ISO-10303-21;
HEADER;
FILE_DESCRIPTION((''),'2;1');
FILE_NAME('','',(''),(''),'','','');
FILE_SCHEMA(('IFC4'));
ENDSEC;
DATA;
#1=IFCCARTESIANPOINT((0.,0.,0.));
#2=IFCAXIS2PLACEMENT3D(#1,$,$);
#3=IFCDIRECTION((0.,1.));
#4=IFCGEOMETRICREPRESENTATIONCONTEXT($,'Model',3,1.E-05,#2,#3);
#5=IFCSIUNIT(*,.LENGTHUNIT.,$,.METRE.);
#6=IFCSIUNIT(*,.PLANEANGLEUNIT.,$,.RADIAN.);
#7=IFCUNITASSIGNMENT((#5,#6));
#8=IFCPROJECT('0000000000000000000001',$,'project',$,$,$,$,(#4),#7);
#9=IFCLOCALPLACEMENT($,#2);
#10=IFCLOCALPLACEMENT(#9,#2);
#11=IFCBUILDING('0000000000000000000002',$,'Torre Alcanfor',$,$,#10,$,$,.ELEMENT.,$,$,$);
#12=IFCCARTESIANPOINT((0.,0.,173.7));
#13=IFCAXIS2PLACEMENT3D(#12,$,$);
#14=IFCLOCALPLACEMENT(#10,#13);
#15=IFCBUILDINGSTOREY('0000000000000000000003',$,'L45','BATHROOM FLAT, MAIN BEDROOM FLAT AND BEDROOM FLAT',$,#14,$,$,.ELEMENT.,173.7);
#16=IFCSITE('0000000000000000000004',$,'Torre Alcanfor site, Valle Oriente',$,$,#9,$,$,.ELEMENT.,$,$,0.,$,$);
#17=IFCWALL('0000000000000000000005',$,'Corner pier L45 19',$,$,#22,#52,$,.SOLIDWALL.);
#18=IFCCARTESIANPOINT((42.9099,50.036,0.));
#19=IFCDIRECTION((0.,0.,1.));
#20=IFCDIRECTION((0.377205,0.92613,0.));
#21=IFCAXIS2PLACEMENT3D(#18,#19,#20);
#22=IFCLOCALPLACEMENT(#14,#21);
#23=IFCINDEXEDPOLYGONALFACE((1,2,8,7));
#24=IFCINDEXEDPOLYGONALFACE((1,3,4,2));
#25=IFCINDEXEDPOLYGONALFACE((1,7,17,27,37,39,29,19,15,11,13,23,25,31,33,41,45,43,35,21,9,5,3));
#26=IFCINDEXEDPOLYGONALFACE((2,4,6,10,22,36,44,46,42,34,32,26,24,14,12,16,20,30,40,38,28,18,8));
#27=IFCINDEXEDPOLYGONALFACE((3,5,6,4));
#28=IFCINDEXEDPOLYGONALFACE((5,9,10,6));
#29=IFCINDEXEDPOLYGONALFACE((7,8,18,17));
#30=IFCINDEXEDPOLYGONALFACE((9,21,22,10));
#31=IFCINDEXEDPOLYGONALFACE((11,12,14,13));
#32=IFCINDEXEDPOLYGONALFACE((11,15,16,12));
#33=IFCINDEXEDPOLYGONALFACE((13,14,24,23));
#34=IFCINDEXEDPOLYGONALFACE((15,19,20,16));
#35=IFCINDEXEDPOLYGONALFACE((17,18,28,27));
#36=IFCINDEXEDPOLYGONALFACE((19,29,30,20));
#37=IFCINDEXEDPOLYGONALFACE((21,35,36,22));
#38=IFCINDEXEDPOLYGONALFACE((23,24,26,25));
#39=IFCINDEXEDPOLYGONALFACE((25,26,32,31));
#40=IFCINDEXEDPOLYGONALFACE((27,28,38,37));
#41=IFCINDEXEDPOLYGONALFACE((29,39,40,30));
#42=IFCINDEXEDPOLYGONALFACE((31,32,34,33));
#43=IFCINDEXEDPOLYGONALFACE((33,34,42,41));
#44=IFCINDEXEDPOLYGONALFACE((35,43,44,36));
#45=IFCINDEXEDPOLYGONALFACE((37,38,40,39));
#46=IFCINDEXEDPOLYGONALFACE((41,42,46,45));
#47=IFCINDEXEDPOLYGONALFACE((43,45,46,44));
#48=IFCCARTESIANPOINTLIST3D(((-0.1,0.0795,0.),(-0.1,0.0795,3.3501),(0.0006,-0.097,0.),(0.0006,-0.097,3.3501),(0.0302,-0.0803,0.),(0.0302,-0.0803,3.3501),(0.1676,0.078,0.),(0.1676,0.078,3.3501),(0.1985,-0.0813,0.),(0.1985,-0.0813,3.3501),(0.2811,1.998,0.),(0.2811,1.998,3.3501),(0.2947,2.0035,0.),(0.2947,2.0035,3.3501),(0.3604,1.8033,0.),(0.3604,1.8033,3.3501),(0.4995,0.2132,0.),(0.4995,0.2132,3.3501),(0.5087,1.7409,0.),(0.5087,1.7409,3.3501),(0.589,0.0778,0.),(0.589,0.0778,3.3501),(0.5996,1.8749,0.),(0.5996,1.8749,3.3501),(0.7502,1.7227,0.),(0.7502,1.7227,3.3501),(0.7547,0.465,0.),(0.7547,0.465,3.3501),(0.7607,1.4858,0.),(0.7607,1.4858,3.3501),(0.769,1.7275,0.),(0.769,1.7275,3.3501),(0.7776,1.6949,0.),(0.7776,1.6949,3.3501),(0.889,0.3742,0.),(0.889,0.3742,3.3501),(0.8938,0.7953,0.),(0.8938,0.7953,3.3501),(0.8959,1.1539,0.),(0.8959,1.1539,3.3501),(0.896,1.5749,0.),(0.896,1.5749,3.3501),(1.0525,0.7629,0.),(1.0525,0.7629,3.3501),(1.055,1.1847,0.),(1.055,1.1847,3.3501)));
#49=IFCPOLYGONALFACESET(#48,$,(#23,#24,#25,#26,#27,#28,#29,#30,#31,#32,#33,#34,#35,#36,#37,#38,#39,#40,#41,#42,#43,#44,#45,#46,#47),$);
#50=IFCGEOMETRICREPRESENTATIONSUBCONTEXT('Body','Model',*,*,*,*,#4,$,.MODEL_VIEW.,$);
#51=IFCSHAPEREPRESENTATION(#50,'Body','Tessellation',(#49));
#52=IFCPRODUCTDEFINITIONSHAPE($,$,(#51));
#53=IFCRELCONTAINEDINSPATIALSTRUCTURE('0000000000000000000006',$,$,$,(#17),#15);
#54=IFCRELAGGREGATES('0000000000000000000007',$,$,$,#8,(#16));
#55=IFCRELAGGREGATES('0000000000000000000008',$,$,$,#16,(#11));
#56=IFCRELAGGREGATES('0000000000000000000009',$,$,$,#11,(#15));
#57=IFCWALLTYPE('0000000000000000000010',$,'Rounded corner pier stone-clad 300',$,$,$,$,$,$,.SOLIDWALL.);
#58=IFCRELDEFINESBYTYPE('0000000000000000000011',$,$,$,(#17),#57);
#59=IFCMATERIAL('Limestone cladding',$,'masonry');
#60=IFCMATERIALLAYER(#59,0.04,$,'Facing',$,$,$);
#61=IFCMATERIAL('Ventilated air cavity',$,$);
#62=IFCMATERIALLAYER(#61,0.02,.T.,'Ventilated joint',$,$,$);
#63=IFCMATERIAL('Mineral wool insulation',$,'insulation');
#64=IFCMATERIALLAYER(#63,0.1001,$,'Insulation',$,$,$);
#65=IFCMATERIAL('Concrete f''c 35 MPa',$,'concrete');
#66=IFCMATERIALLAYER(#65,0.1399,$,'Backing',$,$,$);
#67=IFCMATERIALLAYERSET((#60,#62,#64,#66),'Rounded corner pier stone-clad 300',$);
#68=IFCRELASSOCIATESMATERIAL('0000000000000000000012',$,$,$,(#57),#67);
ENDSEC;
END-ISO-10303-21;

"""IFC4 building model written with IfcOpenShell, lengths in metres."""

from ifc_helpers import new_model, si_unit, direction, frame, origin, place, context, subcontext, project, spatial, polyline, outline, extrude, material, layer, layer_set, type_object, element, save


model = new_model("IFC4")

# Units and contexts
model_context = context("Model", 3, precision=1e-05, world=origin(), true_north=direction((0.0, 1.0)))
body_context = subcontext(model_context, "Body", "Model", "MODEL_VIEW")
ifc_project = project(units=[si_unit("LENGTHUNIT", "METRE"), si_unit("PLANEANGLEUNIT", "RADIAN")], contexts=[model_context])

# Site, building, storey
site_placement = place(None, origin())
site = spatial("IfcSite", under=ifc_project, at=site_placement, Name="Torre Alcanfor site, Valle Oriente", CompositionType="ELEMENT", RefElevation=0.0)
building_placement = place(site_placement, origin())
building = spatial("IfcBuilding", under=site, at=building_placement, Name="Torre Alcanfor", CompositionType="ELEMENT")
storey_placement = place(building_placement, frame((0.0, 0.0, 173.7)))
storey = spatial("IfcBuildingStorey", under=building, at=storey_placement, Name="L45", Description="BATHROOM FLAT, MAIN BEDROOM FLAT AND BEDROOM FLAT", CompositionType="ELEMENT", Elevation=173.7)

# Shared definitions
ifc_material_1 = material(Name="Limestone cladding", Category="masonry")
ifc_material_2 = material(Name="Ventilated air cavity")
ifc_material_3 = material(Name="Mineral wool insulation", Category="insulation")
ifc_material_4 = material(Name="Concrete f'c 35 MPa", Category="concrete")

# Wall
ifc_layer_1 = layer(ifc_material_1, 0.04, Name="Facing")
ifc_layer_2 = layer(ifc_material_2, 0.02, ventilated=True, Name="Ventilated joint")
ifc_layer_3 = layer(ifc_material_3, 0.1001, Name="Insulation")
ifc_layer_4 = layer(ifc_material_4, 0.1399, Name="Backing")
ifc_layer_set_1 = layer_set([ifc_layer_1, ifc_layer_2, ifc_layer_3, ifc_layer_4], Name="Rounded corner pier stone-clad 300")
wall_type_1 = type_object("IfcWallType", Name="Rounded corner pier stone-clad 300", PredefinedType="SOLIDWALL", material=ifc_layer_set_1)
wall_1_placement = place(storey_placement, frame((42.9099, 50.036, 0.0), z_axis=(0.0, 0.0, 1.0), x_axis=(0.377205, 0.92613, 0.0)))
element("IfcWall", 1, at=wall_1_placement, inside=storey, type_object=wall_type_1, Name="Corner pier L45 19", PredefinedType="SOLIDWALL", context=body_context, shape_type="SweptSolid", body=[
    extrude(outline(polyline([(0.769, 1.7275), (0.7502, 1.7227), (0.5996, 1.8749), (0.2947, 2.0035), (0.2811, 1.998), (0.3604, 1.8033), (0.5087, 1.7409), (0.7607, 1.4858), (0.8959, 1.1539), (0.8938, 0.7953), (0.7547, 0.465), (0.4995, 0.2132), (0.1676, 0.078), (-0.1, 0.0795), (0.0006, -0.097), (0.0302, -0.0803), (0.1985, -0.0813), (0.589, 0.0778), (0.889, 0.3742), (1.0525, 0.7629), (1.055, 1.1847), (0.896, 1.5749), (0.7776, 1.6949), (0.769, 1.7275)])), origin(), (0.0, 0.0, 1.0), 3.3501),
])

save(model, "model.ifc")
